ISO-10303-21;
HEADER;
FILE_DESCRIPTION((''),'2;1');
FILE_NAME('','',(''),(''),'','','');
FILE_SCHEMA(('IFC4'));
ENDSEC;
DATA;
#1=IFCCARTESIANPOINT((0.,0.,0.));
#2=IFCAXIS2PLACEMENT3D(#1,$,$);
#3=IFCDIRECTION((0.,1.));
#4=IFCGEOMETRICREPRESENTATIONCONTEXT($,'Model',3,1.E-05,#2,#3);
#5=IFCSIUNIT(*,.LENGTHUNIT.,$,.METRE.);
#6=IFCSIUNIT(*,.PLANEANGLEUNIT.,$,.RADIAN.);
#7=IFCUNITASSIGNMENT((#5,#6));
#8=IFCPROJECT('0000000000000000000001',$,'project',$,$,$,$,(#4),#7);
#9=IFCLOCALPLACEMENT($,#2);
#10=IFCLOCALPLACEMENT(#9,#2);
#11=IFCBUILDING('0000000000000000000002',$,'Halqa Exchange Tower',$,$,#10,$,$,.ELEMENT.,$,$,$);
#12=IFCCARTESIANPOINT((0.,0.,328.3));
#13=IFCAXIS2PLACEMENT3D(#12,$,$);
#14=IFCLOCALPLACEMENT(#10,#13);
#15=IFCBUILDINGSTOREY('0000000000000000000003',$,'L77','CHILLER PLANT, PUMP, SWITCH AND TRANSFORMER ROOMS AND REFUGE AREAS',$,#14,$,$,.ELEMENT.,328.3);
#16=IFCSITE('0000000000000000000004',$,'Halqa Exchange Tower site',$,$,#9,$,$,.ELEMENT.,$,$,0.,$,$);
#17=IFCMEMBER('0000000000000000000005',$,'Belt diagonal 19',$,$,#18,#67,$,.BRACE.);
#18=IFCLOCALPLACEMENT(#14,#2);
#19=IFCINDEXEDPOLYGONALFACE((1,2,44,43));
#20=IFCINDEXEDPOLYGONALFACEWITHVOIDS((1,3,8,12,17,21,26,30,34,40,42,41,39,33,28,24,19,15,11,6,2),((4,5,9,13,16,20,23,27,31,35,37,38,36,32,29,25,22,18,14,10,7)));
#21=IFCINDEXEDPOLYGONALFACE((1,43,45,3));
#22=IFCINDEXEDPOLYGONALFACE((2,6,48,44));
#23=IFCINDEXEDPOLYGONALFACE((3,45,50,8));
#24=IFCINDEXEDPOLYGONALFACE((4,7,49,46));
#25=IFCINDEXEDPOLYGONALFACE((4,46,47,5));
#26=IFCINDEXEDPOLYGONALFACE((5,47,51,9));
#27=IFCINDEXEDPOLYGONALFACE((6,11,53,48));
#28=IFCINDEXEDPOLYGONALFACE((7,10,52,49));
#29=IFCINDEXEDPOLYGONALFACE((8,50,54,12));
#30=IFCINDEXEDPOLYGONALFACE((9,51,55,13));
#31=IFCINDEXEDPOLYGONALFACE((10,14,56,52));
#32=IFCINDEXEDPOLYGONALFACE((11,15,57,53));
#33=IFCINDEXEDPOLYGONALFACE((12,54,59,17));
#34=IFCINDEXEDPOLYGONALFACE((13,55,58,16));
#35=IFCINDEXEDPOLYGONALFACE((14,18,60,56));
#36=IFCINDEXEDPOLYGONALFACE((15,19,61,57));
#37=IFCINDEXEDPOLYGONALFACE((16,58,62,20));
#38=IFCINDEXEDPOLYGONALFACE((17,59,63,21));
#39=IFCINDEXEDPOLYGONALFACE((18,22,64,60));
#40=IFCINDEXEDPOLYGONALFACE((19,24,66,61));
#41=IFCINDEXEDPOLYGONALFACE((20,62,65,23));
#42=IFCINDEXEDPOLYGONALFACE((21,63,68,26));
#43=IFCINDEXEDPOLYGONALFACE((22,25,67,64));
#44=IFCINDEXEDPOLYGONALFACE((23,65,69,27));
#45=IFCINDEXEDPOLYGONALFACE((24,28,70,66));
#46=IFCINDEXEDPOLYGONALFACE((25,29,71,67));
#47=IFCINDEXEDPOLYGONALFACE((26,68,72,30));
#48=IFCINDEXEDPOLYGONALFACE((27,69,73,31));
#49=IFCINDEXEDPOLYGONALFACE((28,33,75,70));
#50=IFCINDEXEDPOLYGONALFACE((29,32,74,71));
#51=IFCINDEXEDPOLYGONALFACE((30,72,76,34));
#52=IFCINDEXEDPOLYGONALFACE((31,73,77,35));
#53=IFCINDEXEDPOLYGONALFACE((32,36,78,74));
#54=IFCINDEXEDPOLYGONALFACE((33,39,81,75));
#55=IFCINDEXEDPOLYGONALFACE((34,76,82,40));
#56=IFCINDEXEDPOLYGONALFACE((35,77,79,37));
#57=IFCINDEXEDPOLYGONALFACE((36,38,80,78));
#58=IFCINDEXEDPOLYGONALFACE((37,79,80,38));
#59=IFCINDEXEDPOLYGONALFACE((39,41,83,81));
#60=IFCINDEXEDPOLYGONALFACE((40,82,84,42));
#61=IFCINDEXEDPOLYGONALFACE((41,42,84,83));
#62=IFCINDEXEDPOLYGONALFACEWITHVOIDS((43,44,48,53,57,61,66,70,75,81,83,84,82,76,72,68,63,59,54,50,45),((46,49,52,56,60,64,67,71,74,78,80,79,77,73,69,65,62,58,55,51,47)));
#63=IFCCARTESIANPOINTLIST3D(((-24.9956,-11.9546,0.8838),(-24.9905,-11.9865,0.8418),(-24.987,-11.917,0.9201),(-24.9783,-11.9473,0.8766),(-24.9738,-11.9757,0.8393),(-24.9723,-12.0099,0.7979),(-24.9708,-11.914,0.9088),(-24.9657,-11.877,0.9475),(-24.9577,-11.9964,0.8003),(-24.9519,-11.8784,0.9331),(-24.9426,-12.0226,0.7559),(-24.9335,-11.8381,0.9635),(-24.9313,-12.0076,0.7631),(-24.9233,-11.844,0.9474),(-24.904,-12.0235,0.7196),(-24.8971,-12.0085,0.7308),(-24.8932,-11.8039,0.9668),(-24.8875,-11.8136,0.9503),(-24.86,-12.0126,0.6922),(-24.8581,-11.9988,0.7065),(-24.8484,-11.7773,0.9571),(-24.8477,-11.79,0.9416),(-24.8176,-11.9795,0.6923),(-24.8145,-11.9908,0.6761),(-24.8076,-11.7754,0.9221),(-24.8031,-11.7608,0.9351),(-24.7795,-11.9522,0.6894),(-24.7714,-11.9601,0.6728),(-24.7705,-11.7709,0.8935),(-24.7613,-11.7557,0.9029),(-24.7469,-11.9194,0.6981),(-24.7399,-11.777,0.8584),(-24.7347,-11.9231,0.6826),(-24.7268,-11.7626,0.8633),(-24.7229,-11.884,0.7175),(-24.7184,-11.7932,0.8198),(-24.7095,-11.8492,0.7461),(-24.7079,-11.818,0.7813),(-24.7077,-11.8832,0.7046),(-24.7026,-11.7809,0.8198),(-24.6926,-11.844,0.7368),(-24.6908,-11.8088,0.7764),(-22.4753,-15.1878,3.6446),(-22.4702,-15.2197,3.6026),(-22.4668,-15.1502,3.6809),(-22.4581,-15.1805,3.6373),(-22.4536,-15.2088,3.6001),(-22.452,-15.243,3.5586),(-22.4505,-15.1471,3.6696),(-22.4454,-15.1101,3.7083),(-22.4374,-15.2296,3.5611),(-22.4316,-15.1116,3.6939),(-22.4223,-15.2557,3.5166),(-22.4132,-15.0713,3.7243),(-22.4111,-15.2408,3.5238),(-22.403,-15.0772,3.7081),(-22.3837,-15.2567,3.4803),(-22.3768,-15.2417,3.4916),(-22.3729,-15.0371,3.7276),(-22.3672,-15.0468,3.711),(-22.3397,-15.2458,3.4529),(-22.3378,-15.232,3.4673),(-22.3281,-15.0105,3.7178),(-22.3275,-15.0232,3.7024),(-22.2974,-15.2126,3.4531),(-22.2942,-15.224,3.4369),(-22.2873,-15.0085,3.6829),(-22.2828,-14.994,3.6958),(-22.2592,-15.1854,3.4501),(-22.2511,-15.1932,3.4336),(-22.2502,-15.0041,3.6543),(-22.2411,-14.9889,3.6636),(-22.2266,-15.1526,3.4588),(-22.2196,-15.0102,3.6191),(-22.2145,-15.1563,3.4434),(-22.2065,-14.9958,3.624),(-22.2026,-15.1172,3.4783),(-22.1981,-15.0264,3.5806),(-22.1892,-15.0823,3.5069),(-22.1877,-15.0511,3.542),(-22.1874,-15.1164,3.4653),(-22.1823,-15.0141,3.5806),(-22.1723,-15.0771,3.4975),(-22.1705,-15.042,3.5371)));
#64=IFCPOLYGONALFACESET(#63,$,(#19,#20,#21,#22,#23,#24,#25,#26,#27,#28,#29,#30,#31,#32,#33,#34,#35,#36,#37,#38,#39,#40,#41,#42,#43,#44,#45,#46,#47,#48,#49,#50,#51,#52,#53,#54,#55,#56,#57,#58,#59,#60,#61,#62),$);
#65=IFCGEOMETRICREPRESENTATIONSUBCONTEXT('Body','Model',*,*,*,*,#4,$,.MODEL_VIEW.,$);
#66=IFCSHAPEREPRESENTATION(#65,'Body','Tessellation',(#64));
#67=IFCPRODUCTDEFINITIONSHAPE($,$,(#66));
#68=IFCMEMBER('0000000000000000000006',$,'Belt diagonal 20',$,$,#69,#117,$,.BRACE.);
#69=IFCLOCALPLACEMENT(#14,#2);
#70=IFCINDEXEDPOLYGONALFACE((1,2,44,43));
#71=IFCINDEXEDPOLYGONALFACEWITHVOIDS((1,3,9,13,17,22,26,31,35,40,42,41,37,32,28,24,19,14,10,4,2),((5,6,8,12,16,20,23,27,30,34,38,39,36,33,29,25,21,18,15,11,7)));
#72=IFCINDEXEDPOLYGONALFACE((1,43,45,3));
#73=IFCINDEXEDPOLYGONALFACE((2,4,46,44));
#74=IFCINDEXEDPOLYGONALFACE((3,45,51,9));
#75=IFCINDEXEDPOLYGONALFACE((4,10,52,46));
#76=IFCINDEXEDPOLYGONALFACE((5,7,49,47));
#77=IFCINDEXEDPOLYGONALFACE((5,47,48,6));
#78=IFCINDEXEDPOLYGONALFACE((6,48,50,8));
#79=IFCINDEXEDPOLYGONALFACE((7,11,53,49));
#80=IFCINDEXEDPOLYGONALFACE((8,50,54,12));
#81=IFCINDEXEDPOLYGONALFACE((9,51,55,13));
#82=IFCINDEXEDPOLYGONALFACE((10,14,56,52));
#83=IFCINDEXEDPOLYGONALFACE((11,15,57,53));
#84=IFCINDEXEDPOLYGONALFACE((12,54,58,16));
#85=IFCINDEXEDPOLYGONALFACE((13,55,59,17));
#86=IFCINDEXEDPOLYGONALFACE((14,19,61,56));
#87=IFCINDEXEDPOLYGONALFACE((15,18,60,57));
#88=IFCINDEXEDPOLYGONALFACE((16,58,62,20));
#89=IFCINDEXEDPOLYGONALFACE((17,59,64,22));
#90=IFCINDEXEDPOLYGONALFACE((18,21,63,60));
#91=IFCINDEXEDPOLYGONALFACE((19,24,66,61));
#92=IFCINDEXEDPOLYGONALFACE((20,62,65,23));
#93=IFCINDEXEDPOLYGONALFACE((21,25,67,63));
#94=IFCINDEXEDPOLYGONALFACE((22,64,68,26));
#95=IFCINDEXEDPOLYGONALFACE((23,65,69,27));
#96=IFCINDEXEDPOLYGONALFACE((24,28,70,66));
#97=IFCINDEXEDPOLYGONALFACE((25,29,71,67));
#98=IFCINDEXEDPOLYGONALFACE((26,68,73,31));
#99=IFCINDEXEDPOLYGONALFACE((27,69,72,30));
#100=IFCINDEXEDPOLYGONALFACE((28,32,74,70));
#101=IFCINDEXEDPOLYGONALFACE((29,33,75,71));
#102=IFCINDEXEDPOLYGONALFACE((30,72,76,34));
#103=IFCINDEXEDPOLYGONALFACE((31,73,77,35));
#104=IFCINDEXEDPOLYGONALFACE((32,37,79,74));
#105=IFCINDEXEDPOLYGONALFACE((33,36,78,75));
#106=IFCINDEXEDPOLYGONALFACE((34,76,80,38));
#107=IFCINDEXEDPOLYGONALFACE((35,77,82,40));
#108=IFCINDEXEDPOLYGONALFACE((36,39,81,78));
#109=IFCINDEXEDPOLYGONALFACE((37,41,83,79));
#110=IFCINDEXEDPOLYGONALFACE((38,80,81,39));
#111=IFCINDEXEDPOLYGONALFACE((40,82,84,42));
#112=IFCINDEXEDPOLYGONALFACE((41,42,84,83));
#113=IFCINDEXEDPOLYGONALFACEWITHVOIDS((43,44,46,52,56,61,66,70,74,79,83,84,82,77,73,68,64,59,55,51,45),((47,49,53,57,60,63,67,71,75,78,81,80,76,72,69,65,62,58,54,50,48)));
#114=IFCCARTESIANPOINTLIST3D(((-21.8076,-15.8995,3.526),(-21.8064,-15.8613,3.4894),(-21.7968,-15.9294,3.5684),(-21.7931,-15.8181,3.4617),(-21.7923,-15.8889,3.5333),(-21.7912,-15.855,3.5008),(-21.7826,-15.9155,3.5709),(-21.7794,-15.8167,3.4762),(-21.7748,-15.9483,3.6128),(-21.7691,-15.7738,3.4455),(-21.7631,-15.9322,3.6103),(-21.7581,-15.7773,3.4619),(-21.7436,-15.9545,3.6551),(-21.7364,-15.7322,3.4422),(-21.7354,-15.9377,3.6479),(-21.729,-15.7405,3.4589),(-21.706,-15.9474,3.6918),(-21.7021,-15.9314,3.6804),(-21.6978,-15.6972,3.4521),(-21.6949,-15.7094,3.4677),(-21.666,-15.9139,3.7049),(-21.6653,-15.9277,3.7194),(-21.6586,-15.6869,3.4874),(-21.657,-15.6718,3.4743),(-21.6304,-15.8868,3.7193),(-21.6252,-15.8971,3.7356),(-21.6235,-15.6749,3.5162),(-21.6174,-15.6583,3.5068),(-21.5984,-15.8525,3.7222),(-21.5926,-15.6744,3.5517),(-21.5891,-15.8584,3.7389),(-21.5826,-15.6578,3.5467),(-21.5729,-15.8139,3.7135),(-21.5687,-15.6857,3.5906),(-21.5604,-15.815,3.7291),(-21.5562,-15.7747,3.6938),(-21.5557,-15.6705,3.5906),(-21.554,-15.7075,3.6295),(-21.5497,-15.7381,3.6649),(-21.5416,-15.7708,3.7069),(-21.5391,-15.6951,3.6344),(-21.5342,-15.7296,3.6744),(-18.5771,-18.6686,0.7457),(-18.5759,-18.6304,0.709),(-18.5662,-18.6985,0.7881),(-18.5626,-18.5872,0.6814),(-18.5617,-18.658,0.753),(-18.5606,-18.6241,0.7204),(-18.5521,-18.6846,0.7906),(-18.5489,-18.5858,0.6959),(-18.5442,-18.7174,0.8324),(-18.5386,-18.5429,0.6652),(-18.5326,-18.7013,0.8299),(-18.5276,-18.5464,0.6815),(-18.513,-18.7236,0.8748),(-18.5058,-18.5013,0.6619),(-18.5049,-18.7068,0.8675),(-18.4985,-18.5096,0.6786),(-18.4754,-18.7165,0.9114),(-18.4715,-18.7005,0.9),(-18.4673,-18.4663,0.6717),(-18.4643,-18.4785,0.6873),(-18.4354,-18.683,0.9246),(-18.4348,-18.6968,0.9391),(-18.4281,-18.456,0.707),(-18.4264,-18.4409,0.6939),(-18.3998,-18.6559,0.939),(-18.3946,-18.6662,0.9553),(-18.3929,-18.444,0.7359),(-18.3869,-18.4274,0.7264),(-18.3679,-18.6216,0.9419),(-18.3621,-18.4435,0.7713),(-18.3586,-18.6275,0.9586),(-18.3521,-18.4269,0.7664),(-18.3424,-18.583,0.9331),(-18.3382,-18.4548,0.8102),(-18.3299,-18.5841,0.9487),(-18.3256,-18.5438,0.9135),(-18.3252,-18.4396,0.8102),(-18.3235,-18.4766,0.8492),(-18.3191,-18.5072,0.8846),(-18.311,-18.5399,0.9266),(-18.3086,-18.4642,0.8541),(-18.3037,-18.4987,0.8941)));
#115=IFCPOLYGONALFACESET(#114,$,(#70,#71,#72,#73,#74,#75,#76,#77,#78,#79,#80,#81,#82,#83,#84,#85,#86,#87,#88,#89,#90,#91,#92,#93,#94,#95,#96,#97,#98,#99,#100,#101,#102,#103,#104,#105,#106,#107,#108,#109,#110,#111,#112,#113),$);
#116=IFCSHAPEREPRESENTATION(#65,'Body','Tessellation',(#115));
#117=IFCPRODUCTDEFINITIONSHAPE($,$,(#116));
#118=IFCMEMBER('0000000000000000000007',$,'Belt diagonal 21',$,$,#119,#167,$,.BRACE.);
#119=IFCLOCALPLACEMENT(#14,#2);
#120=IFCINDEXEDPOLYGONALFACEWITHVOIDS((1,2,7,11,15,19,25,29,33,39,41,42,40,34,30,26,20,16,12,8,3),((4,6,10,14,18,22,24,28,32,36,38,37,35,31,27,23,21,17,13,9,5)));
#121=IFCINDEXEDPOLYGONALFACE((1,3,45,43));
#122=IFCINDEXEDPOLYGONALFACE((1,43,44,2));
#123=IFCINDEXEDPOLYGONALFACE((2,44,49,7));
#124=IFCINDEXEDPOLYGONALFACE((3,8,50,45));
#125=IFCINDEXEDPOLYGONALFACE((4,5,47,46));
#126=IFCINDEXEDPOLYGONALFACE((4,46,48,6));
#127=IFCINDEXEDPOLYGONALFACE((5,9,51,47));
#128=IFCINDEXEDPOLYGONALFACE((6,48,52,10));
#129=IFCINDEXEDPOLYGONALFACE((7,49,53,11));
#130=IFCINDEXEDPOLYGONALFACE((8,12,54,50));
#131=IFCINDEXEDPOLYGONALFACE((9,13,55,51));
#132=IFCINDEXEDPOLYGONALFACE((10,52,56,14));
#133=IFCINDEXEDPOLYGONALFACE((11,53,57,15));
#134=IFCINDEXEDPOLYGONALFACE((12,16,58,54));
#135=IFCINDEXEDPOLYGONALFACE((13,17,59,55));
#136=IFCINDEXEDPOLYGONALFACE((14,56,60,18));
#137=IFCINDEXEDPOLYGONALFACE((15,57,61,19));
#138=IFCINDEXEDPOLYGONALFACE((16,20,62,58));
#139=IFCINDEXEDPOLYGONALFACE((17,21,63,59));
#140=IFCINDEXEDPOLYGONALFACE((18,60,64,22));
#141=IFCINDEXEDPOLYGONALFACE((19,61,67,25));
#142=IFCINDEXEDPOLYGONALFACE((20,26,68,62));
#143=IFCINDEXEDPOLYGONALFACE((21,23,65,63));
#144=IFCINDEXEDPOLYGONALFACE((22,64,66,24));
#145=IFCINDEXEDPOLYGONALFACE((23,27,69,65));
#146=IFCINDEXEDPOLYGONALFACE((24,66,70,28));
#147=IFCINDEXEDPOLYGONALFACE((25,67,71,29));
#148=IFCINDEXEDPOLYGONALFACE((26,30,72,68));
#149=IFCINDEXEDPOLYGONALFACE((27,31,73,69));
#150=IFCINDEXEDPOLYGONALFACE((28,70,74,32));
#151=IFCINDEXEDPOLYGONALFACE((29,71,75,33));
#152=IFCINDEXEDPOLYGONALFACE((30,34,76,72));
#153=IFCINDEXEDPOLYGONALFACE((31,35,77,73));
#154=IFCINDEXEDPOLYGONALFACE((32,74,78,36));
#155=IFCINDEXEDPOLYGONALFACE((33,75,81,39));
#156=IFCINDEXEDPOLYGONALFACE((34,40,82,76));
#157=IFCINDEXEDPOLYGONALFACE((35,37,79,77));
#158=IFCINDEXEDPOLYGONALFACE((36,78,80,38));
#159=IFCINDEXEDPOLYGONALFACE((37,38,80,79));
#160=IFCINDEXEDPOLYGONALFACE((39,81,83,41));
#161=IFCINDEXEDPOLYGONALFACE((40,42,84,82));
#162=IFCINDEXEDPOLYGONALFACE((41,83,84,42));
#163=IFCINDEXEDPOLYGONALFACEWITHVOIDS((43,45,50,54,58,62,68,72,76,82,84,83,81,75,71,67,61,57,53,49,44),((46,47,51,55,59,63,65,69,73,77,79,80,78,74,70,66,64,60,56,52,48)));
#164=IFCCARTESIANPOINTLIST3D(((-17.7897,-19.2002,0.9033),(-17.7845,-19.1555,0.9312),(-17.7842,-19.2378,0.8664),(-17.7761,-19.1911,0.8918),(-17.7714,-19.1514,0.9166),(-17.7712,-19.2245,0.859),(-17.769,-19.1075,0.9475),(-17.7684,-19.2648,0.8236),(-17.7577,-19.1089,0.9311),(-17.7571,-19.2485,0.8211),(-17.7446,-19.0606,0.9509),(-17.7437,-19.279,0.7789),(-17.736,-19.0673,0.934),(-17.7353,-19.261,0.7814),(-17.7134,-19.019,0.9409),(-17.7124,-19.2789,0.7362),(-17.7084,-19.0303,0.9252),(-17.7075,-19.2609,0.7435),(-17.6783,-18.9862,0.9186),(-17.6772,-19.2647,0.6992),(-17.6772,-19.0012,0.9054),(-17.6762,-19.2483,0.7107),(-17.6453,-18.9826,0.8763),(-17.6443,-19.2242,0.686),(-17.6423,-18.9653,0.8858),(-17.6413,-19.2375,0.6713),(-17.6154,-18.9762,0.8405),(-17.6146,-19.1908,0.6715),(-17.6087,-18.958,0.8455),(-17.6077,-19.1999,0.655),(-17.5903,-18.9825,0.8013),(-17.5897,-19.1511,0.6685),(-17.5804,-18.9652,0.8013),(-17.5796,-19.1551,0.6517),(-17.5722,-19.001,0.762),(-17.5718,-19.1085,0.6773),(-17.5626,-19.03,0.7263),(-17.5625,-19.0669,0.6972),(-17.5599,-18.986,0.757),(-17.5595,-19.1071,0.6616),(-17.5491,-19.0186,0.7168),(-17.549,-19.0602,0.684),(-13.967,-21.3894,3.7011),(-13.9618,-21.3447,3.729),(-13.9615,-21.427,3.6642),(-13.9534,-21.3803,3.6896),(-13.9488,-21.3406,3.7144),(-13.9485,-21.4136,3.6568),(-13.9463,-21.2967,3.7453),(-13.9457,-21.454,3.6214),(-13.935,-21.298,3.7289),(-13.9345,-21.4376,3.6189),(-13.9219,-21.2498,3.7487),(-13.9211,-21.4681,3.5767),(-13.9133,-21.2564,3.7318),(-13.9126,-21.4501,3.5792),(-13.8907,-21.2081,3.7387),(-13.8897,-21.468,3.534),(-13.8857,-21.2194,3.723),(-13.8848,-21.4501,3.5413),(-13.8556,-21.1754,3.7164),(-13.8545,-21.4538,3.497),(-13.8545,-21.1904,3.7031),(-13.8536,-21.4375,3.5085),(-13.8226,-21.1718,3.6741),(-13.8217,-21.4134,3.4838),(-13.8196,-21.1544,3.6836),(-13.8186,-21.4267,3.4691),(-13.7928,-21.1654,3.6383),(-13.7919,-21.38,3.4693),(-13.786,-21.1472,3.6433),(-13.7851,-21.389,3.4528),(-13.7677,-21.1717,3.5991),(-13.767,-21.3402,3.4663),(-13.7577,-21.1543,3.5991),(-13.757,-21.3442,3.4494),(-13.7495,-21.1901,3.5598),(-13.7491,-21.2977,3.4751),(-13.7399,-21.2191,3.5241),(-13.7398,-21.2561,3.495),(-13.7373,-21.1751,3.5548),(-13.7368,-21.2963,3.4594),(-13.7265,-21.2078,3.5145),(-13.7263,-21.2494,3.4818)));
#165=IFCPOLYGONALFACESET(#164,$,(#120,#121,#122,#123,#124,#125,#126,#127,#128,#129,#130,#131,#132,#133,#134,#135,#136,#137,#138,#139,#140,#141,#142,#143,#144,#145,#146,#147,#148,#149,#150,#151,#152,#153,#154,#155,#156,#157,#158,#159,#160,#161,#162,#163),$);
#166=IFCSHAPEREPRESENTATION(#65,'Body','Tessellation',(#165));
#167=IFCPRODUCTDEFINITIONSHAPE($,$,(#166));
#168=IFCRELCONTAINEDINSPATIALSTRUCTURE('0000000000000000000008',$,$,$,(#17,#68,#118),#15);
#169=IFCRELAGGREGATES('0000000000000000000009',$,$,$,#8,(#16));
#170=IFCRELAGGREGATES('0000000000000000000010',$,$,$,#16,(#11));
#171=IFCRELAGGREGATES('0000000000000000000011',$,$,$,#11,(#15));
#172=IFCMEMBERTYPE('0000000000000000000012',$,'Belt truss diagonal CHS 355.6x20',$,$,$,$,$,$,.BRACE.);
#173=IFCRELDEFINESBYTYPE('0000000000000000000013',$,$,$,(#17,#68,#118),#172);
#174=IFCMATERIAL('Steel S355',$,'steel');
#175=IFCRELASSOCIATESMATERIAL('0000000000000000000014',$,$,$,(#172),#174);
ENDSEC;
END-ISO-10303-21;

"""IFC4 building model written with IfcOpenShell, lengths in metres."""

from ifc_helpers import new_model, si_unit, direction, frame, origin, origin_2d, place, context, subcontext, project, spatial, hollow_circle, extrude, material, material_profile, profile_set, type_object, element, save


model = new_model("IFC4")

# Units and contexts
model_context = context("Model", 3, precision=1e-05, world=origin(), true_north=direction((0.0, 1.0)))
body_context = subcontext(model_context, "Body", "Model", "MODEL_VIEW")
ifc_project = project(units=[si_unit("LENGTHUNIT", "METRE"), si_unit("PLANEANGLEUNIT", "RADIAN")], contexts=[model_context])

# Site, building, storey
site_placement = place(None, origin())
site = spatial("IfcSite", under=ifc_project, at=site_placement, Name="Halqa Exchange Tower site", CompositionType="ELEMENT", RefElevation=0.0)
building_placement = place(site_placement, origin())
building = spatial("IfcBuilding", under=site, at=building_placement, Name="Halqa Exchange Tower", CompositionType="ELEMENT")
storey_placement = place(building_placement, frame((0.0, 0.0, 328.3)))
storey = spatial("IfcBuildingStorey", under=building, at=storey_placement, Name="L77", Description="CHILLER PLANT, PUMP, SWITCH AND TRANSFORMER ROOMS AND REFUGE AREAS", CompositionType="ELEMENT", Elevation=328.3)

# Members
ifc_material_1 = material(Name="Steel S355", Category="steel")
ifc_material_profile_1 = material_profile(ifc_material_1, hollow_circle(Radius=0.1777, WallThickness=0.02, at=origin_2d()), Name="CHS 355.6x20")
ifc_profile_set_1 = profile_set([ifc_material_profile_1], Name="Steel S355")
member_type_1 = type_object("IfcMemberType", Name="Belt truss diagonal CHS 355.6x20", PredefinedType="BRACE", material=ifc_profile_set_1)
member_1_placement = place(storey_placement, frame((-24.8428, -11.8901, 0.8198), z_axis=(0.509933, -0.654175, 0.55859), x_axis=(0.788691, 0.61479, 0.0)))
element("IfcMember", 1, at=member_1_placement, inside=storey, type_object=member_type_1, Name="Belt diagonal 19", PredefinedType="BRACE", context=body_context, shape_type="SweptSolid", body=[
    extrude(hollow_circle(Radius=0.1777, WallThickness=0.02, at=origin_2d()), origin(), (0.0, 0.0, 1.0), 4.9424),
])
member_2_placement = place(storey_placement, frame((-21.6714, -15.8054, 3.5906), z_axis=(0.635586, -0.544802, -0.547011), x_axis=(0.650801, 0.759249, 0.0)))
element("IfcMember", 2, at=member_2_placement, inside=storey, type_object=member_type_1, Name="Belt diagonal 20", PredefinedType="BRACE", context=body_context, shape_type="SweptSolid", body=[
    extrude(hollow_circle(Radius=0.1777, WallThickness=0.02, at=origin_2d()), origin(), (0.0, 0.0, 1.0), 5.0828),
])
member_3_placement = place(storey_placement, frame((-17.6687, -19.1194, 0.8013), z_axis=(0.732521, -0.419499, 0.536128), x_axis=(0.496956, 0.867776, 0.0)))
element("IfcMember", 3, at=member_3_placement, inside=storey, type_object=member_type_1, Name="Belt diagonal 21", PredefinedType="BRACE", context=body_context, shape_type="SweptSolid", body=[
    extrude(hollow_circle(Radius=0.1777, WallThickness=0.02, at=origin_2d()), origin(), (0.0, 0.0, 1.0), 5.2185),
])

save(model, "model.ifc")
